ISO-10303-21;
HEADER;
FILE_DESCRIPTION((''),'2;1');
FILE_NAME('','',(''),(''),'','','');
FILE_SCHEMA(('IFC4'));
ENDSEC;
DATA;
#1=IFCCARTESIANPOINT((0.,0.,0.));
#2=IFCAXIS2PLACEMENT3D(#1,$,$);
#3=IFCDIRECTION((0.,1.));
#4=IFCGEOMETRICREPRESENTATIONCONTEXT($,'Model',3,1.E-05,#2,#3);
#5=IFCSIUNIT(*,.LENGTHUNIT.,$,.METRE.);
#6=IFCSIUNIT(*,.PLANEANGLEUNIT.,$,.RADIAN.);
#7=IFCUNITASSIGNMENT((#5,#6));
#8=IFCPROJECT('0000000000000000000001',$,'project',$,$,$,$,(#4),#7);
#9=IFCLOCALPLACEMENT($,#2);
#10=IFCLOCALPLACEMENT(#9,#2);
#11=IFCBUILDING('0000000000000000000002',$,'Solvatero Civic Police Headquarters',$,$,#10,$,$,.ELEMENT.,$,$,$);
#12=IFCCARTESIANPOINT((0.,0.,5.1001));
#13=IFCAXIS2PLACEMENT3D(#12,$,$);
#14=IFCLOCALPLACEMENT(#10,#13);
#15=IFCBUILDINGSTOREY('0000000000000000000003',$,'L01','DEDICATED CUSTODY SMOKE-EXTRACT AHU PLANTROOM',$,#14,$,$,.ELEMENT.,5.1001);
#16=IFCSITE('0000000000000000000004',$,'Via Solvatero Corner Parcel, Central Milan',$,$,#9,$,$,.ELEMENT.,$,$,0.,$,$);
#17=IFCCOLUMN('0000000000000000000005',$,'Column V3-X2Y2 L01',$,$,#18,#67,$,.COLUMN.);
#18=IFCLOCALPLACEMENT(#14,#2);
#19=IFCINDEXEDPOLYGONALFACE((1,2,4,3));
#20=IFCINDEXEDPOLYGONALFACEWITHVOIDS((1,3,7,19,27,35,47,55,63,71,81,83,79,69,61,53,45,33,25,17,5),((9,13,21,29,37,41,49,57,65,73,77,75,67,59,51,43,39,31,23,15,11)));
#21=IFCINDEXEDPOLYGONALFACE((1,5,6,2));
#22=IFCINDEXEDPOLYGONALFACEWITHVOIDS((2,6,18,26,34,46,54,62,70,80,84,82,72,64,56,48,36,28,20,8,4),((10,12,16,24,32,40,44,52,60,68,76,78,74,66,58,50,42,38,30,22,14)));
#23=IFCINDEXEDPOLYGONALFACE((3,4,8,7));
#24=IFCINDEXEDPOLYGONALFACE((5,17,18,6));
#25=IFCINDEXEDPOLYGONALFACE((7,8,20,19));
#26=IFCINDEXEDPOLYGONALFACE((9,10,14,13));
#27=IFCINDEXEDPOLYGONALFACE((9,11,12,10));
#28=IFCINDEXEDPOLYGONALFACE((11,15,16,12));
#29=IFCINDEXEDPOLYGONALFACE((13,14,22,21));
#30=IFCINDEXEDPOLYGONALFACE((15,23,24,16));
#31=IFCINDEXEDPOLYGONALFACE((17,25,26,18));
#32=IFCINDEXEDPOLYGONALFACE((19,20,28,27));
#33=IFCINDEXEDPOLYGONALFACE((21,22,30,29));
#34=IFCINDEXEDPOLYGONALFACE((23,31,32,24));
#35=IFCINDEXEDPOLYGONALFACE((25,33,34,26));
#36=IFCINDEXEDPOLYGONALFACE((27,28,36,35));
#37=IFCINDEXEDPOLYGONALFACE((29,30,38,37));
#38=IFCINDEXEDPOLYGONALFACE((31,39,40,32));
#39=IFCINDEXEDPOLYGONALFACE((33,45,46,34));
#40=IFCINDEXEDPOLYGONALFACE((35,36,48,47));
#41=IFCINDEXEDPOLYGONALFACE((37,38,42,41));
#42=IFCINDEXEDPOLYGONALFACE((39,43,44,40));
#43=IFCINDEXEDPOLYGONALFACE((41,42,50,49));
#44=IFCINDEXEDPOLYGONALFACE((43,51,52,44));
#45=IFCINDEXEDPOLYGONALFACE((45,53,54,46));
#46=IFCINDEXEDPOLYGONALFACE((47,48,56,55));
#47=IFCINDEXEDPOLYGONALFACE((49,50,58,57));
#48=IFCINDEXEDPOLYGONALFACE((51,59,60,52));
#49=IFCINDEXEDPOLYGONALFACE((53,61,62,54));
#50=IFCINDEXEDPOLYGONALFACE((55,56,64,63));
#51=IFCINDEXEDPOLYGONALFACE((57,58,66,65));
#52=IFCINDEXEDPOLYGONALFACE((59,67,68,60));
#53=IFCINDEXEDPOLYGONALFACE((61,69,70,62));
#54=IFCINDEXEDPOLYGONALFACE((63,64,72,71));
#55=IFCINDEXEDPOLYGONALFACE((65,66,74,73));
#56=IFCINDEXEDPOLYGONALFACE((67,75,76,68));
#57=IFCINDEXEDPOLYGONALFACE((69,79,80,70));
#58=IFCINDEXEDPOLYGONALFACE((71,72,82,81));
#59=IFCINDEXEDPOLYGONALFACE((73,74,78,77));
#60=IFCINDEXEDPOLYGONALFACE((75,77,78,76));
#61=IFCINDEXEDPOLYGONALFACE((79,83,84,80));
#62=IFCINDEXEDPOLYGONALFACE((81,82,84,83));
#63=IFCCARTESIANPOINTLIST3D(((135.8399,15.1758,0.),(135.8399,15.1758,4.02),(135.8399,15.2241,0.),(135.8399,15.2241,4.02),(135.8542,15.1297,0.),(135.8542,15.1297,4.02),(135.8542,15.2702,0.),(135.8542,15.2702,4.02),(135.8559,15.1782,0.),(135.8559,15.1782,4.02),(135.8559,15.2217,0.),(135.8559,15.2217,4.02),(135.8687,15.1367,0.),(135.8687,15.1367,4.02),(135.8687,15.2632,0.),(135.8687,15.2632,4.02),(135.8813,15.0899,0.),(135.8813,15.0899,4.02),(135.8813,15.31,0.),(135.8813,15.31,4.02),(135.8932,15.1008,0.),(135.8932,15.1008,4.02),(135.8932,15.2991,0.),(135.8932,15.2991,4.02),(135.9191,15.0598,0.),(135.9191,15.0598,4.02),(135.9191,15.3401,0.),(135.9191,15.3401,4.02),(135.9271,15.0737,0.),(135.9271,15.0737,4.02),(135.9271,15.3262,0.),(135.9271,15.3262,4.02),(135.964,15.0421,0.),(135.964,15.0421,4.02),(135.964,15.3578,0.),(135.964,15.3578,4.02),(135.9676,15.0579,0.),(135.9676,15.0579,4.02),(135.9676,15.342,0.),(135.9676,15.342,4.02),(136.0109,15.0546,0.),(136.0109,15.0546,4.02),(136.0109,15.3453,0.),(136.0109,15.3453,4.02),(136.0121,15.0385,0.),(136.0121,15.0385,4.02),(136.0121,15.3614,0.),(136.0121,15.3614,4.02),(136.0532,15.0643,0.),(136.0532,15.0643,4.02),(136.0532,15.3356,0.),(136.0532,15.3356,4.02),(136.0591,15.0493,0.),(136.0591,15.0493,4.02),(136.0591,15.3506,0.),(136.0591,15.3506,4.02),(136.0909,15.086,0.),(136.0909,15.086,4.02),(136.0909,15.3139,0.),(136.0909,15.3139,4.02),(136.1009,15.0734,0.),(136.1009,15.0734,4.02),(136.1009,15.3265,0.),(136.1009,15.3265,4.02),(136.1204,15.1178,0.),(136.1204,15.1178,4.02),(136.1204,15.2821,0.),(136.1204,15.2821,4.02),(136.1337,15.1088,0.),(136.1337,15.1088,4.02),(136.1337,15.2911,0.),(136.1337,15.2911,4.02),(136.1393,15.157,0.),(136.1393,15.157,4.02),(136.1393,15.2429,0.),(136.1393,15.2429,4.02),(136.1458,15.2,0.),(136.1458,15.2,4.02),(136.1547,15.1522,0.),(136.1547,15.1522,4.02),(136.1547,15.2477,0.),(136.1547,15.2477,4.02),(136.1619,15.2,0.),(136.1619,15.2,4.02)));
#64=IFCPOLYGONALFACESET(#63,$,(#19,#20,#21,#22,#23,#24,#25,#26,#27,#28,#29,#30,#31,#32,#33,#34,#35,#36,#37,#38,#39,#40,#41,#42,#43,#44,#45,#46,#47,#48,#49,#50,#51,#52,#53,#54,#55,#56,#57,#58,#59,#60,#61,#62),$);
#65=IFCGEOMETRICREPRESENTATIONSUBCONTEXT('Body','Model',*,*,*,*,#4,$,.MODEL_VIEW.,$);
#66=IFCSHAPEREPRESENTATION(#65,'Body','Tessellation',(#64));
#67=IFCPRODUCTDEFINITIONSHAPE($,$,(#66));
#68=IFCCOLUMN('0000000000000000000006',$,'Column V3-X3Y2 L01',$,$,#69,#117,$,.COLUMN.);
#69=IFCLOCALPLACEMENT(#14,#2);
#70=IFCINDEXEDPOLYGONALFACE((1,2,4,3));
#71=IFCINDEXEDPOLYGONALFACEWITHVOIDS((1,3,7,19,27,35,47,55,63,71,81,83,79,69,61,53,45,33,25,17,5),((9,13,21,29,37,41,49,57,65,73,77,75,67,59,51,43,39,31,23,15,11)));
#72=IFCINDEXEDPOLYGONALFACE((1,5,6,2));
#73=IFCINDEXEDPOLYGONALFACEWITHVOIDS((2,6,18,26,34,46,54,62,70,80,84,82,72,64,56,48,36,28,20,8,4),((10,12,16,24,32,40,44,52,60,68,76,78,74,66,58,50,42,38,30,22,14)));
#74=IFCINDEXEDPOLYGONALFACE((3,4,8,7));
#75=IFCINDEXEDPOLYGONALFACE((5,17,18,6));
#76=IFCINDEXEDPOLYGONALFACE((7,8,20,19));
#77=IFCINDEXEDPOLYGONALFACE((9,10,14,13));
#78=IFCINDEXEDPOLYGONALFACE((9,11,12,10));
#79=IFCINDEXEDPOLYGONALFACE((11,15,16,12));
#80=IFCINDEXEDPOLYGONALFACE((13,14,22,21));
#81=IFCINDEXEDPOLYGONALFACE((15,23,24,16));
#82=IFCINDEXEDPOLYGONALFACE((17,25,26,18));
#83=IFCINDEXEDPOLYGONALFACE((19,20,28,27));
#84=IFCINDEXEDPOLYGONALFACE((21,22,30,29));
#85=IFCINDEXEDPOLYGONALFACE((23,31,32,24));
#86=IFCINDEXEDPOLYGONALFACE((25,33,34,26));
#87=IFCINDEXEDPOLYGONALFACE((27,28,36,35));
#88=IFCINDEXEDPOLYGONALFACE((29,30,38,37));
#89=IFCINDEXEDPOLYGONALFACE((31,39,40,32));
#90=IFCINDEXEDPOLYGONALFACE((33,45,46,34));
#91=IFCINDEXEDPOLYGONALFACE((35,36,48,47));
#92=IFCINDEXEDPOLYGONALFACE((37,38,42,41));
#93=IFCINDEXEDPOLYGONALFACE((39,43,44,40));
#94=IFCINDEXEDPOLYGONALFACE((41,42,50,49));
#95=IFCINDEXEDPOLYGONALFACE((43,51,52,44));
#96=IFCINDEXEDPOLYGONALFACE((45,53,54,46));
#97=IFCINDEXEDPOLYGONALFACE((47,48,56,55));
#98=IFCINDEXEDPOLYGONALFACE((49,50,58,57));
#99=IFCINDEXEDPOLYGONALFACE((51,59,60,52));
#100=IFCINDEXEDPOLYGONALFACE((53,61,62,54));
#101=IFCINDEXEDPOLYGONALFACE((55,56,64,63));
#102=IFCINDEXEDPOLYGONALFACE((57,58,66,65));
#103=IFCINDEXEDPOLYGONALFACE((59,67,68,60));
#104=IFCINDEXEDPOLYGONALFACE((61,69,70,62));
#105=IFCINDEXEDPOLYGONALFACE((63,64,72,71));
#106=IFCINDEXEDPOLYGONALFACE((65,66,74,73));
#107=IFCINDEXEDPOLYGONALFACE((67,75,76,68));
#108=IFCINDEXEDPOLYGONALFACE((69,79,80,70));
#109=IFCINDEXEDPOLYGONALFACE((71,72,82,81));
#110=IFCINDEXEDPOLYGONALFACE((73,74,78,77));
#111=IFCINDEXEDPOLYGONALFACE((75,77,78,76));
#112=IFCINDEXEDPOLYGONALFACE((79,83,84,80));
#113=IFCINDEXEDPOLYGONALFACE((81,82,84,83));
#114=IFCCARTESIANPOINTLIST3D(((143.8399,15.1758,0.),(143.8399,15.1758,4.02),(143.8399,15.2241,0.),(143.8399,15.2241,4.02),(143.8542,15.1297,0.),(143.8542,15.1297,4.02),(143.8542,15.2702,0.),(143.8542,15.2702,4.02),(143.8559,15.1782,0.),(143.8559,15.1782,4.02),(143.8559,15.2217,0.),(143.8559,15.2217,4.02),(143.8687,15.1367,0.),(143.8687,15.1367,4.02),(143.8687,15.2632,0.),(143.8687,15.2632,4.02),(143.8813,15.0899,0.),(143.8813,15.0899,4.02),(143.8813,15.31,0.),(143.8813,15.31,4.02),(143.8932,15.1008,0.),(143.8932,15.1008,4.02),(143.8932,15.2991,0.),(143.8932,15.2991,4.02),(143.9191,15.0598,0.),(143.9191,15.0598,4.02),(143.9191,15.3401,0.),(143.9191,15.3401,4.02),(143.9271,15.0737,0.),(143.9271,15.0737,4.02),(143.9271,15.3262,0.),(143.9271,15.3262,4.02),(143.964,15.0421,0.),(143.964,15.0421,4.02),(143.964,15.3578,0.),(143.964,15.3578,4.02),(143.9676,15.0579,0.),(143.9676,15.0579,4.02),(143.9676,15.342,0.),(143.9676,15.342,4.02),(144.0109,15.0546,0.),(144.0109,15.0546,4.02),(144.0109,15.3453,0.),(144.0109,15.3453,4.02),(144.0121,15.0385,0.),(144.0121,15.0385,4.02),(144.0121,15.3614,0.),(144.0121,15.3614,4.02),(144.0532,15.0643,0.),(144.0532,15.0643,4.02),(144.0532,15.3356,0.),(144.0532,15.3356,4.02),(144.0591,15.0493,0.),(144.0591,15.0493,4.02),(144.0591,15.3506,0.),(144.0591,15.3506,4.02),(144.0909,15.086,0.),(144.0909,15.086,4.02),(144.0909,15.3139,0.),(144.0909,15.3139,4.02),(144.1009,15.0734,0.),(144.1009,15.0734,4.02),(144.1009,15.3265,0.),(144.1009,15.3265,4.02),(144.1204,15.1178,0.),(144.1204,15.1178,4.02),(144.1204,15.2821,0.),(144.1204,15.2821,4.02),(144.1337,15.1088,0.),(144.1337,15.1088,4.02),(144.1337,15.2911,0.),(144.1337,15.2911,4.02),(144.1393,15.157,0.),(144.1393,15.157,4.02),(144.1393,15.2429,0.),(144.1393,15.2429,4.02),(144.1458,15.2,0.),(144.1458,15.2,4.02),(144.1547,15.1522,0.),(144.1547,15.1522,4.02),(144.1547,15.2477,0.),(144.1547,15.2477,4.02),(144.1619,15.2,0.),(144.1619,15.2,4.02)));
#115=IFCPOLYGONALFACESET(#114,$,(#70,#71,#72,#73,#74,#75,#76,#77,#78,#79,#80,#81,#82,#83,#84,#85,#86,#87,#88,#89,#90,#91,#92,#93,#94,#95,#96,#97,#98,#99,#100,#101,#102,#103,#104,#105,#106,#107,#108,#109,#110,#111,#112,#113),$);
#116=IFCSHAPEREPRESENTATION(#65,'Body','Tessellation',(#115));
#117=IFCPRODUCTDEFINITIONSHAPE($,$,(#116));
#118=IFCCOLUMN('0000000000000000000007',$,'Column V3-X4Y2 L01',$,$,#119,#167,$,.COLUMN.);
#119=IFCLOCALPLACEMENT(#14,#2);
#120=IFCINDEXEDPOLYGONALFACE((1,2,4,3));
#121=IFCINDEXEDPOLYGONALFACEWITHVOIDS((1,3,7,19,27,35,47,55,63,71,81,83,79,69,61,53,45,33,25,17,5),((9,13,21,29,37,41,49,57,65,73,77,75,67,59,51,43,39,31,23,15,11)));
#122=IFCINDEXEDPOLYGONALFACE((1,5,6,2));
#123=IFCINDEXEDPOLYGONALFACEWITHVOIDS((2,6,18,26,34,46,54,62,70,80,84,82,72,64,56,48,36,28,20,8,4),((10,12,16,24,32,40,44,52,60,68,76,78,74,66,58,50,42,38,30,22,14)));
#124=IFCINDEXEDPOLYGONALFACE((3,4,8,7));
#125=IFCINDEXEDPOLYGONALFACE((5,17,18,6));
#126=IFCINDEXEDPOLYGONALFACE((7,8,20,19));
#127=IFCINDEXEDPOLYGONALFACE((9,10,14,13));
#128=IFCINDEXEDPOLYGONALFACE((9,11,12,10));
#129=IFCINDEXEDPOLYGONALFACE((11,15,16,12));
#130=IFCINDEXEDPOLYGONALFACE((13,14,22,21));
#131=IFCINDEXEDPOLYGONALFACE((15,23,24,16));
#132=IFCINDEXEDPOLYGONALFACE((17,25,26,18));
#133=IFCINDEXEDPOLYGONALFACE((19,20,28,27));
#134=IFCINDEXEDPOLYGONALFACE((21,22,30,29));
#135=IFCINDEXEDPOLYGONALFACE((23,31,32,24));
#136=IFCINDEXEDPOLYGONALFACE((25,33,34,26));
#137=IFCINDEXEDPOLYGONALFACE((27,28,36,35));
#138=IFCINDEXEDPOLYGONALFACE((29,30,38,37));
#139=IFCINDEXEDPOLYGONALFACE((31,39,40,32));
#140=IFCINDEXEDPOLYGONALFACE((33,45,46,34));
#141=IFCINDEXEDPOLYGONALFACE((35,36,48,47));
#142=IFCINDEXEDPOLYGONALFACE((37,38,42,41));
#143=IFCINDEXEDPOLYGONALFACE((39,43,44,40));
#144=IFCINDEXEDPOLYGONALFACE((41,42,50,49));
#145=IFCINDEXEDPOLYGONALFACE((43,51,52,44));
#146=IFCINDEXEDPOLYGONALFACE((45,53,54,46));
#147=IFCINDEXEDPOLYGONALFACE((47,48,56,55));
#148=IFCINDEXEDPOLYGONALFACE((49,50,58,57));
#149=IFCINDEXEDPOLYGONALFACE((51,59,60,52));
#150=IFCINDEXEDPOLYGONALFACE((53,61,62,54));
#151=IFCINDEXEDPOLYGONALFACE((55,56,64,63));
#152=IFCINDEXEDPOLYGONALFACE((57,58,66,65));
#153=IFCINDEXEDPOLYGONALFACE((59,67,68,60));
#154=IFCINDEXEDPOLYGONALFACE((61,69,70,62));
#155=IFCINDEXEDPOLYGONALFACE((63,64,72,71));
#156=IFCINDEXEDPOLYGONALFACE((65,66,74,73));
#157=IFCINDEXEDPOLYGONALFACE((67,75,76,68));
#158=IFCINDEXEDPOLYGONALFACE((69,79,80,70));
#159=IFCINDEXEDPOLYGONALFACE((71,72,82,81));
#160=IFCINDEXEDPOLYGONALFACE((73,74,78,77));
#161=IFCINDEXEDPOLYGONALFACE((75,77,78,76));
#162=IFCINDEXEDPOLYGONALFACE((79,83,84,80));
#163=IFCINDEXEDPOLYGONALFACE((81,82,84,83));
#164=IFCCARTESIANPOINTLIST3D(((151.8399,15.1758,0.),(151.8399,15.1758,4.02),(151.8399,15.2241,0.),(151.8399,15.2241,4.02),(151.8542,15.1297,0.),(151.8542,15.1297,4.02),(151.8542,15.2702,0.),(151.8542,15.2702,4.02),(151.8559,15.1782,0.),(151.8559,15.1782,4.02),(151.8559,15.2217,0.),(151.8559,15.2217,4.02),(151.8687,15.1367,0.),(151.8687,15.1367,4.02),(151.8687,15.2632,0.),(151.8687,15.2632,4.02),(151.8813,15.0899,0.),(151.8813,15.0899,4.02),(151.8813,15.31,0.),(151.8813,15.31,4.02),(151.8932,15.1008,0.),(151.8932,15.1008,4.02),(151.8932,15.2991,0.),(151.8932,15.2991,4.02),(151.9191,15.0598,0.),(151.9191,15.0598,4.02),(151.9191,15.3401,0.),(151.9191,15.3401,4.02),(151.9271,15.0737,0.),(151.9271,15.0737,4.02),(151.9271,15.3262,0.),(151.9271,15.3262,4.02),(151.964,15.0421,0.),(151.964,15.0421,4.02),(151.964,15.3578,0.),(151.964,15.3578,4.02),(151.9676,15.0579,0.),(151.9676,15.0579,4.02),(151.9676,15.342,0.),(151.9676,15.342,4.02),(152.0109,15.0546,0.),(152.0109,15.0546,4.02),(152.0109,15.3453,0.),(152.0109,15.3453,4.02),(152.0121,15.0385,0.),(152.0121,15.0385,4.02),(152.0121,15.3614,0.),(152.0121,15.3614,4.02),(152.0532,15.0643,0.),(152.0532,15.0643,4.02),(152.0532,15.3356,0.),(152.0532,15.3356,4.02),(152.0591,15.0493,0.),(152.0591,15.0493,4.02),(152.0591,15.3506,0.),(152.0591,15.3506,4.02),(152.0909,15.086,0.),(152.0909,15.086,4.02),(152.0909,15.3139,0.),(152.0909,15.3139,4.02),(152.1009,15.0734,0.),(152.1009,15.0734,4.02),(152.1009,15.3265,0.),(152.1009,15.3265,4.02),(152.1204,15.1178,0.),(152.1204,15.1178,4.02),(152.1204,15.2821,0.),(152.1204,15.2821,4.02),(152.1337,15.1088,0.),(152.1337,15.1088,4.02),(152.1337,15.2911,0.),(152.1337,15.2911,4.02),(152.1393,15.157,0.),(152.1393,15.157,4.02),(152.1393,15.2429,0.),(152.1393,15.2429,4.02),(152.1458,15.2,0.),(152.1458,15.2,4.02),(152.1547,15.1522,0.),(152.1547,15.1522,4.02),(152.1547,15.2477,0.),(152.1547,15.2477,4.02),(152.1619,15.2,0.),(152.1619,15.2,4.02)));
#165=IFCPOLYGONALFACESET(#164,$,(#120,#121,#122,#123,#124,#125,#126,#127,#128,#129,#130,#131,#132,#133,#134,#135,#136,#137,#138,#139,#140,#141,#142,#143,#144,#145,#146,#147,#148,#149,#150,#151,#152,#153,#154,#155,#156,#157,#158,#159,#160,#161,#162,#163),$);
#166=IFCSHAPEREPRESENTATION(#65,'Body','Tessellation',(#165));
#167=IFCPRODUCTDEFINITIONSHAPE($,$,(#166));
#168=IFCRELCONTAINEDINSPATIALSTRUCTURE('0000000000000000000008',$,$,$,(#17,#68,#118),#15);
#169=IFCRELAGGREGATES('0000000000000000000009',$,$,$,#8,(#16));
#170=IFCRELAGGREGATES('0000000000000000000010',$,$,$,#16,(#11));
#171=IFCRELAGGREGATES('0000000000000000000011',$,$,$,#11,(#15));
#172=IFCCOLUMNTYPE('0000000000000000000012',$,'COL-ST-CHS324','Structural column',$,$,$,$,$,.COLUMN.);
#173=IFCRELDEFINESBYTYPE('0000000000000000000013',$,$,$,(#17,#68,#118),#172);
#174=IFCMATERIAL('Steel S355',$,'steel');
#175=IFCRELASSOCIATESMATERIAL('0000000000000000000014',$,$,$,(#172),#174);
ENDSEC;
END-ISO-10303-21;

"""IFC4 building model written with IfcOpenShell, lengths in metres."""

from ifc_helpers import new_model, si_unit, direction, frame, origin, origin_2d, place, context, subcontext, project, spatial, hollow_circle, extrude, material, material_profile, profile_set, type_object, element, save


model = new_model("IFC4")

# Units and contexts
model_context = context("Model", 3, precision=1e-05, world=origin(), true_north=direction((0.0, 1.0)))
body_context = subcontext(model_context, "Body", "Model", "MODEL_VIEW")
ifc_project = project(units=[si_unit("LENGTHUNIT", "METRE"), si_unit("PLANEANGLEUNIT", "RADIAN")], contexts=[model_context])

# Site, building, storey
site_placement = place(None, origin())
site = spatial("IfcSite", under=ifc_project, at=site_placement, Name="Via Solvatero Corner Parcel, Central Milan", CompositionType="ELEMENT", RefElevation=0.0)
building_placement = place(site_placement, origin())
building = spatial("IfcBuilding", under=site, at=building_placement, Name="Solvatero Civic Police Headquarters", CompositionType="ELEMENT")
storey_placement = place(building_placement, frame((0.0, 0.0, 5.1001)))
storey = spatial("IfcBuildingStorey", under=building, at=storey_placement, Name="L01", Description="DEDICATED CUSTODY SMOKE-EXTRACT AHU PLANTROOM", CompositionType="ELEMENT", Elevation=5.1001)

# Columns
ifc_material_1 = material(Name="Steel S355", Category="steel")
ifc_material_profile_1 = material_profile(ifc_material_1, hollow_circle(Radius=0.1619, WallThickness=0.0161, at=origin_2d()), Name="CHS 323.9x16.0")
ifc_profile_set_1 = profile_set([ifc_material_profile_1], Name="Steel S355")
column_type_1 = type_object("IfcColumnType", Name="COL-ST-CHS324", Description="Structural column", PredefinedType="COLUMN", material=ifc_profile_set_1)
for number, where, z_axis, x_axis, name in (
    (1, (136.0, 15.2, 0.0), (0.0, 0.0, 1.0), (1.0, 0.0, 0.0), "Column V3-X2Y2 L01"),
    (2, (144.0, 15.2, 0.0), (0.0, 0.0, 1.0), (1.0, 0.0, 0.0), "Column V3-X3Y2 L01"),
    (3, (152.0, 15.2, 0.0), (0.0, 0.0, 1.0), (1.0, 0.0, 0.0), "Column V3-X4Y2 L01"),
):
    element("IfcColumn", number, at=place(storey_placement, frame(where, z_axis=z_axis, x_axis=x_axis)), inside=storey, type_object=column_type_1, Name=name, PredefinedType="COLUMN", context=body_context, shape_type="SweptSolid", body=[
        extrude(hollow_circle(Radius=0.1619, WallThickness=0.0161, at=origin_2d()), origin(), (0.0, 0.0, 1.0), 4.02),
    ])

save(model, "model.ifc")
